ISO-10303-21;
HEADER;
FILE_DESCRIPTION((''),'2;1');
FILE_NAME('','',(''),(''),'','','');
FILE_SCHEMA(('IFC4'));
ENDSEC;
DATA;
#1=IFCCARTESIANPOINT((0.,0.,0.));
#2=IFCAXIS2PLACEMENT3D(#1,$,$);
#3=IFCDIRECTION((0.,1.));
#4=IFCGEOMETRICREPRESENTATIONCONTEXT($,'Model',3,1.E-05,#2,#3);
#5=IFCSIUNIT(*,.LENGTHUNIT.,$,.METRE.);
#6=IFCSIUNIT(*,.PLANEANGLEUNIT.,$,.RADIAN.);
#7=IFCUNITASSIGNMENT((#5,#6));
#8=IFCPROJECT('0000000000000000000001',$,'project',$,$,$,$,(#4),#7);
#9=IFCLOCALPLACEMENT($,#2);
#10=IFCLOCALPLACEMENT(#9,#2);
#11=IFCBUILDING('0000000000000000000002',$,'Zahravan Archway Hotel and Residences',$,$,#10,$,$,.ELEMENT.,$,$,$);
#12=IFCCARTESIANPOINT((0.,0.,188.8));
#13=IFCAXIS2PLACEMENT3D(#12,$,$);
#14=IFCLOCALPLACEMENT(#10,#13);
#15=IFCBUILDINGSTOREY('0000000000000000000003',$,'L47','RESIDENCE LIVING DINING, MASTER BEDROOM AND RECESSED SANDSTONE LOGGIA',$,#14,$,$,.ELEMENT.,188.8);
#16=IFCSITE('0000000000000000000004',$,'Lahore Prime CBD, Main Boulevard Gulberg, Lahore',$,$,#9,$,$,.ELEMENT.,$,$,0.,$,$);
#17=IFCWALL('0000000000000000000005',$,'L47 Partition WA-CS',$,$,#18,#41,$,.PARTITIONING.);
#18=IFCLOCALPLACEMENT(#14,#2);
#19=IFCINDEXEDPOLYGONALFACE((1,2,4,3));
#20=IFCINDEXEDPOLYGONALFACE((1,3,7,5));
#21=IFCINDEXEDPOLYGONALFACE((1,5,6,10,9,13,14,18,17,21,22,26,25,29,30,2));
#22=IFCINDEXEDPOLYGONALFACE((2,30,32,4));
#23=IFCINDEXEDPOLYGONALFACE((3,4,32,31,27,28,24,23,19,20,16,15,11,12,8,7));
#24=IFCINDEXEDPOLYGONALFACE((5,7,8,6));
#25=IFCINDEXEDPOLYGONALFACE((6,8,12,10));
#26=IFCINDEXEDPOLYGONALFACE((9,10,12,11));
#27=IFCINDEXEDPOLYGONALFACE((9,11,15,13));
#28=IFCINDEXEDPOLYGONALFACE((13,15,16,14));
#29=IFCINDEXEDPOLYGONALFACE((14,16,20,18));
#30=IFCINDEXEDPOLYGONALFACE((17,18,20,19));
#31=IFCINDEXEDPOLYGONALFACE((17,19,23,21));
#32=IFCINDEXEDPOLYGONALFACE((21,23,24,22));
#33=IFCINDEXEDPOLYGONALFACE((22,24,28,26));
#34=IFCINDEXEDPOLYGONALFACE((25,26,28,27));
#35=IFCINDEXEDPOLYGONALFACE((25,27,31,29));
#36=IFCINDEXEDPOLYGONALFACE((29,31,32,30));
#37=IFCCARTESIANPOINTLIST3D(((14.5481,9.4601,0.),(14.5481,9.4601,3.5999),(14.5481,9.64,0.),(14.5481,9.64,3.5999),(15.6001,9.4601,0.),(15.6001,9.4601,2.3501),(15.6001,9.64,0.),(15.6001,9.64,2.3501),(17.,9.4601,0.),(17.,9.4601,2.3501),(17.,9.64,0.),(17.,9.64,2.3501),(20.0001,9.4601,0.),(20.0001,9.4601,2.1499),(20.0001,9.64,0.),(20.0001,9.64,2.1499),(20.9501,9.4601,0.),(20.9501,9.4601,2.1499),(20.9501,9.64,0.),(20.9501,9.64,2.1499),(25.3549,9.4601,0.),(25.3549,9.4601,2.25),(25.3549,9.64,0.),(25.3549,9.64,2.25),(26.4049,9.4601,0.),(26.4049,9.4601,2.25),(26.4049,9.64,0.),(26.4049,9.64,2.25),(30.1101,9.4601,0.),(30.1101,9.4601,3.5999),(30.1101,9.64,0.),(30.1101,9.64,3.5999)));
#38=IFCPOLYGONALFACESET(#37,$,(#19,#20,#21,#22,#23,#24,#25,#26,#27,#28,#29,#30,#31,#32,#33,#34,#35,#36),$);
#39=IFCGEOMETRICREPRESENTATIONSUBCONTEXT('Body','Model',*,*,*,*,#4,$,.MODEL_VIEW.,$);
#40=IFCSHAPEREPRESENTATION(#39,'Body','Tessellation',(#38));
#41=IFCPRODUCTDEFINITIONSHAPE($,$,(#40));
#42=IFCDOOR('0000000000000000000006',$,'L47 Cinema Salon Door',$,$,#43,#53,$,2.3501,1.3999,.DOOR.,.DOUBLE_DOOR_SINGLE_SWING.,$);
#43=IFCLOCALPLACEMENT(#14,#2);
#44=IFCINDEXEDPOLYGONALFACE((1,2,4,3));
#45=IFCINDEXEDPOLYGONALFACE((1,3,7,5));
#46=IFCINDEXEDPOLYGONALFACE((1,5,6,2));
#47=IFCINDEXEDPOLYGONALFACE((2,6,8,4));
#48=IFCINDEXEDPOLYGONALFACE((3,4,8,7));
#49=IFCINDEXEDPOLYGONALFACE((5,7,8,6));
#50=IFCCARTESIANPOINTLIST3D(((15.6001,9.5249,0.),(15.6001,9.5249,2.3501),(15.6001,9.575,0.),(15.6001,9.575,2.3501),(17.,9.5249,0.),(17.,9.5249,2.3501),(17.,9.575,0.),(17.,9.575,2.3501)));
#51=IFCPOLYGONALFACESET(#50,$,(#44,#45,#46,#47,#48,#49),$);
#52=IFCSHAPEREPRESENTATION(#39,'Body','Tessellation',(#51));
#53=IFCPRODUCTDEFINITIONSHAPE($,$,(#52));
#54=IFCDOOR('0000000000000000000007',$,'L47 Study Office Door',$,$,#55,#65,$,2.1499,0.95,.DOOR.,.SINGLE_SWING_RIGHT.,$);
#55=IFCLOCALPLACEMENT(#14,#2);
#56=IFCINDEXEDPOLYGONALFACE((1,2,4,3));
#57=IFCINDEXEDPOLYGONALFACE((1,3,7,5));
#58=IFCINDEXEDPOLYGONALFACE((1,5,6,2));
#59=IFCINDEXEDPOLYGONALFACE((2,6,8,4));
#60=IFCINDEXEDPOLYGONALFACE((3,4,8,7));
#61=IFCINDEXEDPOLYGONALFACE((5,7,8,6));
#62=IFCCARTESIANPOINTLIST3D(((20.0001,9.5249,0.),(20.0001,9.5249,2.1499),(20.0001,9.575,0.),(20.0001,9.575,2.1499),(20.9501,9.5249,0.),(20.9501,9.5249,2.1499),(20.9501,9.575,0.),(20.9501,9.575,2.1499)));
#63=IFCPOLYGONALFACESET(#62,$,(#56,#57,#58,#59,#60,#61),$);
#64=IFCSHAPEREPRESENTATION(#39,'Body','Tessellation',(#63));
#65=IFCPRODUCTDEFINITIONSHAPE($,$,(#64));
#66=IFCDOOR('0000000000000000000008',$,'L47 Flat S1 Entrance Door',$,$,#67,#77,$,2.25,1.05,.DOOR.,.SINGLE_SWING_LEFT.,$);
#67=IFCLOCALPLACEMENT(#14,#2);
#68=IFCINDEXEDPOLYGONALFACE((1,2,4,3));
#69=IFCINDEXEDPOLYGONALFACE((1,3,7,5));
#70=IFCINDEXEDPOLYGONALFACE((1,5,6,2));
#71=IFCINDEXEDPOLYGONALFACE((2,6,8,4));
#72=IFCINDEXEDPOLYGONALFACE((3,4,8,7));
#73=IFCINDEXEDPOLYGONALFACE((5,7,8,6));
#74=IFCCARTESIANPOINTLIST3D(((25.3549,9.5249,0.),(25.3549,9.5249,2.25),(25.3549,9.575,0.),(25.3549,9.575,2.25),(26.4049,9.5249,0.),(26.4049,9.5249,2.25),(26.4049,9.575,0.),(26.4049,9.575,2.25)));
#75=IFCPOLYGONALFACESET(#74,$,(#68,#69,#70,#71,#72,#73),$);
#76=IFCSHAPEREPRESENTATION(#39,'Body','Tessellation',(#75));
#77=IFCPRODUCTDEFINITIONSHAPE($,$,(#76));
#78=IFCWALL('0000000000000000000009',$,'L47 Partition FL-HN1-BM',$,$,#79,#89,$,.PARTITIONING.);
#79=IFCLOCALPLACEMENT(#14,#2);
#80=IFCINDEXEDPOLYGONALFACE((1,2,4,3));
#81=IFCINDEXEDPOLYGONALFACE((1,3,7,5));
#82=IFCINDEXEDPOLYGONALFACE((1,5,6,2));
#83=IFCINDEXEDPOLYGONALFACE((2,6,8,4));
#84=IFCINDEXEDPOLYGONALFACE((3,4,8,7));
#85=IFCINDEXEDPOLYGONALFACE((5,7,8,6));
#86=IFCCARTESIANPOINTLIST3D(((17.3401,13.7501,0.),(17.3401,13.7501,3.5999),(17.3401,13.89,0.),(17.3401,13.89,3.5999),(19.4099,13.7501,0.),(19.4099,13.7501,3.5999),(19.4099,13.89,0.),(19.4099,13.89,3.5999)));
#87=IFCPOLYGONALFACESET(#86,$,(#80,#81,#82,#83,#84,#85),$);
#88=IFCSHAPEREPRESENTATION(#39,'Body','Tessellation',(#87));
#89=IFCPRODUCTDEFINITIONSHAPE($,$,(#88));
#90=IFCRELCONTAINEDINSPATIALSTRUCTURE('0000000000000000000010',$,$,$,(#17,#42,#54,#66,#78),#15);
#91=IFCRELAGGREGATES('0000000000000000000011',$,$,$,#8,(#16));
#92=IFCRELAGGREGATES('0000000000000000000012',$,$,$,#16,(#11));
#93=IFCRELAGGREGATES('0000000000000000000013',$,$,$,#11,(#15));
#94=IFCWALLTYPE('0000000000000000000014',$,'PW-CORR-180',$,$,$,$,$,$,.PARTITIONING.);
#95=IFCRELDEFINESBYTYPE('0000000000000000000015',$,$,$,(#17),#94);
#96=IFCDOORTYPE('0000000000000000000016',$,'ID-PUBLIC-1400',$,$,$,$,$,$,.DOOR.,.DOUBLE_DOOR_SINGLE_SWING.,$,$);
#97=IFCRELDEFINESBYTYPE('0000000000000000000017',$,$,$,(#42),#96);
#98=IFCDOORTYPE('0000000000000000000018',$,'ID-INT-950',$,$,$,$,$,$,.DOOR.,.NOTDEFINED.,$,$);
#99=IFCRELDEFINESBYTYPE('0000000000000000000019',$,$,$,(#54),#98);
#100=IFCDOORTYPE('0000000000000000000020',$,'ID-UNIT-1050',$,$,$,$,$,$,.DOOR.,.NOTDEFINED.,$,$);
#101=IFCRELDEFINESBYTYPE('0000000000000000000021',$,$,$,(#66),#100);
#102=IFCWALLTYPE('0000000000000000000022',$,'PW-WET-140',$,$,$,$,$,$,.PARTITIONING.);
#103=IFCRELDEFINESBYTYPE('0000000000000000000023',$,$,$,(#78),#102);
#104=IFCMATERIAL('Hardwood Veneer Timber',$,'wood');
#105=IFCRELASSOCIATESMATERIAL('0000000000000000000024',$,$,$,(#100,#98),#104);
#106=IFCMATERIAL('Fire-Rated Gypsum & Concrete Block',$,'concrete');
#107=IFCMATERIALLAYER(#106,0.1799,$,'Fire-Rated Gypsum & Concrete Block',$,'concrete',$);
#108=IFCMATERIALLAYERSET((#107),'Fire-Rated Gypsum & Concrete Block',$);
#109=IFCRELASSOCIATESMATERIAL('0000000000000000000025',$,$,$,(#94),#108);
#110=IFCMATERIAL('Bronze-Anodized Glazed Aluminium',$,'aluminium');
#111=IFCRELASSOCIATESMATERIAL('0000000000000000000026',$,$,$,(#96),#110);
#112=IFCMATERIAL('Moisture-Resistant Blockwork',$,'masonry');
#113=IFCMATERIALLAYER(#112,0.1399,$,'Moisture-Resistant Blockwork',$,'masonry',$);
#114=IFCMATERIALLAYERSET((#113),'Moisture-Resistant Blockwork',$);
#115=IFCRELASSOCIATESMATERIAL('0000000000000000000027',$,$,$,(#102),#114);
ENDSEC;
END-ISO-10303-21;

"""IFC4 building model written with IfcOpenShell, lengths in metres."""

from ifc_helpers import new_model, si_unit, direction, frame, frame_2d, origin, place, context, subcontext, project, spatial, rectangle, extrude, source, transform, mapped, material, layer, layer_set, type_object, type_shapes, element, fill, save


model = new_model("IFC4")

# Units and contexts
model_context = context("Model", 3, precision=1e-05, world=origin(), true_north=direction((0.0, 1.0)))
body_context = subcontext(model_context, "Body", "Model", "MODEL_VIEW")
ifc_project = project(units=[si_unit("LENGTHUNIT", "METRE"), si_unit("PLANEANGLEUNIT", "RADIAN")], contexts=[model_context])

# Site, building, storey
site_placement = place(None, origin())
site = spatial("IfcSite", under=ifc_project, at=site_placement, Name="Lahore Prime CBD, Main Boulevard Gulberg, Lahore", CompositionType="ELEMENT", RefElevation=0.0)
building_placement = place(site_placement, origin())
building = spatial("IfcBuilding", under=site, at=building_placement, Name="Zahravan Archway Hotel and Residences", CompositionType="ELEMENT")
storey_placement = place(building_placement, frame((0.0, 0.0, 188.8)))
storey = spatial("IfcBuildingStorey", under=building, at=storey_placement, Name="L47", Description="RESIDENCE LIVING DINING, MASTER BEDROOM AND RECESSED SANDSTONE LOGGIA", CompositionType="ELEMENT", Elevation=188.8)

# Shared definitions
ifc_material_1 = material(Name="Fire-Rated Gypsum & Concrete Block", Category="concrete")
ifc_material_2 = material(Name="Hardwood Veneer Timber", Category="wood")
door_type_1 = type_object("IfcDoorType", Name="ID-UNIT-1050", OperationType="NOTDEFINED", PredefinedType="DOOR", material=ifc_material_2)
shared_shape_1 = source(origin(), body_context, "Body", "SweptSolid", [
    extrude(rectangle(XDim=1.05, YDim=2.25, at=frame_2d((0.5249, 1.125))), frame((0.0, 0.0249, 0.0), z_axis=(0.0, -1.0, 0.0), x_axis=(1.0, 0.0, 0.0)), (0.0, 0.0, 1.0), 0.05),
])
type_shapes(door_type_1, [shared_shape_1])

# Wall, openings, doors
ifc_layer_1 = layer(ifc_material_1, 0.1799, Name="Fire-Rated Gypsum & Concrete Block", Category="concrete")
ifc_layer_set_1 = layer_set([ifc_layer_1], Name="Fire-Rated Gypsum & Concrete Block")
wall_type_1 = type_object("IfcWallType", Name="PW-CORR-180", PredefinedType="PARTITIONING", material=ifc_layer_set_1)
wall_1_placement = place(storey_placement, frame((14.5481, 9.55, 0.0), z_axis=(0.0, 0.0, 1.0), x_axis=(1.0, 0.0, 0.0)))
wall_1 = element("IfcWall", 1, at=wall_1_placement, inside=storey, type_object=wall_type_1, Name="L47 Partition WA-CS", PredefinedType="PARTITIONING", context=body_context, shape_type="SweptSolid", body=[
    extrude(rectangle(XDim=15.562, YDim=0.1799, at=frame_2d((7.781, 0.0))), origin(), (0.0, 0.0, 1.0), 3.5999),
])
opening_1_placement = place(wall_1_placement, frame((1.052, 0.0, 0.0)))
opening_1 = element("IfcOpeningElement", 2, at=opening_1_placement, cuts=wall_1, PredefinedType="OPENING", context=body_context, shape_type="SweptSolid", body=[
    extrude(rectangle(XDim=1.3999, YDim=2.3501, at=frame_2d((0.7, 1.175))), frame((0.0, 0.1001, 0.0), z_axis=(0.0, -1.0, 0.0), x_axis=(1.0, 0.0, 0.0)), (0.0, 0.0, 1.0), 0.2),
])
opening_2_placement = place(wall_1_placement, frame((5.4519, 0.0, 0.0)))
opening_2 = element("IfcOpeningElement", 3, at=opening_2_placement, cuts=wall_1, PredefinedType="OPENING", context=body_context, shape_type="SweptSolid", body=[
    extrude(rectangle(XDim=0.95, YDim=2.1499, at=frame_2d((0.4751, 1.075))), frame((0.0, 0.1001, 0.0), z_axis=(0.0, -1.0, 0.0), x_axis=(1.0, 0.0, 0.0)), (0.0, 0.0, 1.0), 0.2),
])
opening_3_placement = place(wall_1_placement, frame((10.8069, 0.0, 0.0)))
opening_3 = element("IfcOpeningElement", 4, at=opening_3_placement, cuts=wall_1, PredefinedType="OPENING", context=body_context, shape_type="SweptSolid", body=[
    extrude(rectangle(XDim=1.05, YDim=2.25, at=frame_2d((0.5249, 1.125))), frame((0.0, 0.1001, 0.0), z_axis=(0.0, -1.0, 0.0), x_axis=(1.0, 0.0, 0.0)), (0.0, 0.0, 1.0), 0.2),
])
ifc_material_3 = material(Name="Bronze-Anodized Glazed Aluminium", Category="aluminium")
door_type_2 = type_object("IfcDoorType", Name="ID-PUBLIC-1400", OperationType="DOUBLE_DOOR_SINGLE_SWING", PredefinedType="DOOR", material=ifc_material_3)
shared_shape_2 = source(origin(), body_context, "Body", "SweptSolid", [
    extrude(rectangle(XDim=1.3999, YDim=2.3501, at=frame_2d((0.7, 1.175))), frame((0.0, 0.0249, 0.0), z_axis=(0.0, -1.0, 0.0), x_axis=(1.0, 0.0, 0.0)), (0.0, 0.0, 1.0), 0.05),
])
type_shapes(door_type_2, [shared_shape_2])
door_1_placement = place(opening_1_placement, origin())
door_1 = element("IfcDoor", 5, at=door_1_placement, inside=storey, type_object=door_type_2, Name="L47 Cinema Salon Door", OperationType="DOUBLE_DOOR_SINGLE_SWING", OverallHeight=2.3501, OverallWidth=1.3999, PredefinedType="DOOR", context=body_context, shape_type="MappedRepresentation", body=[
    mapped(shared_shape_2, transform((0.0, 0.0, 0.0), scale=1.0)),
])
fill(opening_1, door_1)
door_type_3 = type_object("IfcDoorType", Name="ID-INT-950", OperationType="NOTDEFINED", PredefinedType="DOOR", material=ifc_material_2)
shared_shape_3 = source(origin(), body_context, "Body", "SweptSolid", [
    extrude(rectangle(XDim=0.95, YDim=2.1499, at=frame_2d((0.4751, 1.075))), frame((0.0, 0.0249, 0.0), z_axis=(0.0, -1.0, 0.0), x_axis=(1.0, 0.0, 0.0)), (0.0, 0.0, 1.0), 0.05),
])
type_shapes(door_type_3, [shared_shape_3])
door_2_placement = place(opening_2_placement, origin())
door_2 = element("IfcDoor", 6, at=door_2_placement, inside=storey, type_object=door_type_3, Name="L47 Study Office Door", OperationType="SINGLE_SWING_RIGHT", OverallHeight=2.1499, OverallWidth=0.95, PredefinedType="DOOR", context=body_context, shape_type="MappedRepresentation", body=[
    mapped(shared_shape_3, transform((0.0, 0.0, 0.0), scale=1.0)),
])
fill(opening_2, door_2)
door_3_placement = place(opening_3_placement, origin())
door_3 = element("IfcDoor", 7, at=door_3_placement, inside=storey, type_object=door_type_1, Name="L47 Flat S1 Entrance Door", OperationType="SINGLE_SWING_LEFT", OverallHeight=2.25, OverallWidth=1.05, PredefinedType="DOOR", context=body_context, shape_type="MappedRepresentation", body=[
    mapped(shared_shape_1, transform((0.0, 0.0, 0.0), scale=1.0)),
])
fill(opening_3, door_3)

# Wall
ifc_material_4 = material(Name="Moisture-Resistant Blockwork", Category="masonry")
ifc_layer_2 = layer(ifc_material_4, 0.1399, Name="Moisture-Resistant Blockwork", Category="masonry")
ifc_layer_set_2 = layer_set([ifc_layer_2], Name="Moisture-Resistant Blockwork")
wall_type_2 = type_object("IfcWallType", Name="PW-WET-140", PredefinedType="PARTITIONING", material=ifc_layer_set_2)
wall_2_placement = place(storey_placement, frame((17.3401, 13.8201, 0.0), z_axis=(0.0, 0.0, 1.0), x_axis=(1.0, 0.0, 0.0)))
element("IfcWall", 8, at=wall_2_placement, inside=storey, type_object=wall_type_2, Name="L47 Partition FL-HN1-BM", PredefinedType="PARTITIONING", context=body_context, shape_type="SweptSolid", body=[
    extrude(rectangle(XDim=2.0698, YDim=0.1399, at=frame_2d((1.0349, 0.0))), origin(), (0.0, 0.0, 1.0), 3.5999),
])

save(model, "model.ifc")
